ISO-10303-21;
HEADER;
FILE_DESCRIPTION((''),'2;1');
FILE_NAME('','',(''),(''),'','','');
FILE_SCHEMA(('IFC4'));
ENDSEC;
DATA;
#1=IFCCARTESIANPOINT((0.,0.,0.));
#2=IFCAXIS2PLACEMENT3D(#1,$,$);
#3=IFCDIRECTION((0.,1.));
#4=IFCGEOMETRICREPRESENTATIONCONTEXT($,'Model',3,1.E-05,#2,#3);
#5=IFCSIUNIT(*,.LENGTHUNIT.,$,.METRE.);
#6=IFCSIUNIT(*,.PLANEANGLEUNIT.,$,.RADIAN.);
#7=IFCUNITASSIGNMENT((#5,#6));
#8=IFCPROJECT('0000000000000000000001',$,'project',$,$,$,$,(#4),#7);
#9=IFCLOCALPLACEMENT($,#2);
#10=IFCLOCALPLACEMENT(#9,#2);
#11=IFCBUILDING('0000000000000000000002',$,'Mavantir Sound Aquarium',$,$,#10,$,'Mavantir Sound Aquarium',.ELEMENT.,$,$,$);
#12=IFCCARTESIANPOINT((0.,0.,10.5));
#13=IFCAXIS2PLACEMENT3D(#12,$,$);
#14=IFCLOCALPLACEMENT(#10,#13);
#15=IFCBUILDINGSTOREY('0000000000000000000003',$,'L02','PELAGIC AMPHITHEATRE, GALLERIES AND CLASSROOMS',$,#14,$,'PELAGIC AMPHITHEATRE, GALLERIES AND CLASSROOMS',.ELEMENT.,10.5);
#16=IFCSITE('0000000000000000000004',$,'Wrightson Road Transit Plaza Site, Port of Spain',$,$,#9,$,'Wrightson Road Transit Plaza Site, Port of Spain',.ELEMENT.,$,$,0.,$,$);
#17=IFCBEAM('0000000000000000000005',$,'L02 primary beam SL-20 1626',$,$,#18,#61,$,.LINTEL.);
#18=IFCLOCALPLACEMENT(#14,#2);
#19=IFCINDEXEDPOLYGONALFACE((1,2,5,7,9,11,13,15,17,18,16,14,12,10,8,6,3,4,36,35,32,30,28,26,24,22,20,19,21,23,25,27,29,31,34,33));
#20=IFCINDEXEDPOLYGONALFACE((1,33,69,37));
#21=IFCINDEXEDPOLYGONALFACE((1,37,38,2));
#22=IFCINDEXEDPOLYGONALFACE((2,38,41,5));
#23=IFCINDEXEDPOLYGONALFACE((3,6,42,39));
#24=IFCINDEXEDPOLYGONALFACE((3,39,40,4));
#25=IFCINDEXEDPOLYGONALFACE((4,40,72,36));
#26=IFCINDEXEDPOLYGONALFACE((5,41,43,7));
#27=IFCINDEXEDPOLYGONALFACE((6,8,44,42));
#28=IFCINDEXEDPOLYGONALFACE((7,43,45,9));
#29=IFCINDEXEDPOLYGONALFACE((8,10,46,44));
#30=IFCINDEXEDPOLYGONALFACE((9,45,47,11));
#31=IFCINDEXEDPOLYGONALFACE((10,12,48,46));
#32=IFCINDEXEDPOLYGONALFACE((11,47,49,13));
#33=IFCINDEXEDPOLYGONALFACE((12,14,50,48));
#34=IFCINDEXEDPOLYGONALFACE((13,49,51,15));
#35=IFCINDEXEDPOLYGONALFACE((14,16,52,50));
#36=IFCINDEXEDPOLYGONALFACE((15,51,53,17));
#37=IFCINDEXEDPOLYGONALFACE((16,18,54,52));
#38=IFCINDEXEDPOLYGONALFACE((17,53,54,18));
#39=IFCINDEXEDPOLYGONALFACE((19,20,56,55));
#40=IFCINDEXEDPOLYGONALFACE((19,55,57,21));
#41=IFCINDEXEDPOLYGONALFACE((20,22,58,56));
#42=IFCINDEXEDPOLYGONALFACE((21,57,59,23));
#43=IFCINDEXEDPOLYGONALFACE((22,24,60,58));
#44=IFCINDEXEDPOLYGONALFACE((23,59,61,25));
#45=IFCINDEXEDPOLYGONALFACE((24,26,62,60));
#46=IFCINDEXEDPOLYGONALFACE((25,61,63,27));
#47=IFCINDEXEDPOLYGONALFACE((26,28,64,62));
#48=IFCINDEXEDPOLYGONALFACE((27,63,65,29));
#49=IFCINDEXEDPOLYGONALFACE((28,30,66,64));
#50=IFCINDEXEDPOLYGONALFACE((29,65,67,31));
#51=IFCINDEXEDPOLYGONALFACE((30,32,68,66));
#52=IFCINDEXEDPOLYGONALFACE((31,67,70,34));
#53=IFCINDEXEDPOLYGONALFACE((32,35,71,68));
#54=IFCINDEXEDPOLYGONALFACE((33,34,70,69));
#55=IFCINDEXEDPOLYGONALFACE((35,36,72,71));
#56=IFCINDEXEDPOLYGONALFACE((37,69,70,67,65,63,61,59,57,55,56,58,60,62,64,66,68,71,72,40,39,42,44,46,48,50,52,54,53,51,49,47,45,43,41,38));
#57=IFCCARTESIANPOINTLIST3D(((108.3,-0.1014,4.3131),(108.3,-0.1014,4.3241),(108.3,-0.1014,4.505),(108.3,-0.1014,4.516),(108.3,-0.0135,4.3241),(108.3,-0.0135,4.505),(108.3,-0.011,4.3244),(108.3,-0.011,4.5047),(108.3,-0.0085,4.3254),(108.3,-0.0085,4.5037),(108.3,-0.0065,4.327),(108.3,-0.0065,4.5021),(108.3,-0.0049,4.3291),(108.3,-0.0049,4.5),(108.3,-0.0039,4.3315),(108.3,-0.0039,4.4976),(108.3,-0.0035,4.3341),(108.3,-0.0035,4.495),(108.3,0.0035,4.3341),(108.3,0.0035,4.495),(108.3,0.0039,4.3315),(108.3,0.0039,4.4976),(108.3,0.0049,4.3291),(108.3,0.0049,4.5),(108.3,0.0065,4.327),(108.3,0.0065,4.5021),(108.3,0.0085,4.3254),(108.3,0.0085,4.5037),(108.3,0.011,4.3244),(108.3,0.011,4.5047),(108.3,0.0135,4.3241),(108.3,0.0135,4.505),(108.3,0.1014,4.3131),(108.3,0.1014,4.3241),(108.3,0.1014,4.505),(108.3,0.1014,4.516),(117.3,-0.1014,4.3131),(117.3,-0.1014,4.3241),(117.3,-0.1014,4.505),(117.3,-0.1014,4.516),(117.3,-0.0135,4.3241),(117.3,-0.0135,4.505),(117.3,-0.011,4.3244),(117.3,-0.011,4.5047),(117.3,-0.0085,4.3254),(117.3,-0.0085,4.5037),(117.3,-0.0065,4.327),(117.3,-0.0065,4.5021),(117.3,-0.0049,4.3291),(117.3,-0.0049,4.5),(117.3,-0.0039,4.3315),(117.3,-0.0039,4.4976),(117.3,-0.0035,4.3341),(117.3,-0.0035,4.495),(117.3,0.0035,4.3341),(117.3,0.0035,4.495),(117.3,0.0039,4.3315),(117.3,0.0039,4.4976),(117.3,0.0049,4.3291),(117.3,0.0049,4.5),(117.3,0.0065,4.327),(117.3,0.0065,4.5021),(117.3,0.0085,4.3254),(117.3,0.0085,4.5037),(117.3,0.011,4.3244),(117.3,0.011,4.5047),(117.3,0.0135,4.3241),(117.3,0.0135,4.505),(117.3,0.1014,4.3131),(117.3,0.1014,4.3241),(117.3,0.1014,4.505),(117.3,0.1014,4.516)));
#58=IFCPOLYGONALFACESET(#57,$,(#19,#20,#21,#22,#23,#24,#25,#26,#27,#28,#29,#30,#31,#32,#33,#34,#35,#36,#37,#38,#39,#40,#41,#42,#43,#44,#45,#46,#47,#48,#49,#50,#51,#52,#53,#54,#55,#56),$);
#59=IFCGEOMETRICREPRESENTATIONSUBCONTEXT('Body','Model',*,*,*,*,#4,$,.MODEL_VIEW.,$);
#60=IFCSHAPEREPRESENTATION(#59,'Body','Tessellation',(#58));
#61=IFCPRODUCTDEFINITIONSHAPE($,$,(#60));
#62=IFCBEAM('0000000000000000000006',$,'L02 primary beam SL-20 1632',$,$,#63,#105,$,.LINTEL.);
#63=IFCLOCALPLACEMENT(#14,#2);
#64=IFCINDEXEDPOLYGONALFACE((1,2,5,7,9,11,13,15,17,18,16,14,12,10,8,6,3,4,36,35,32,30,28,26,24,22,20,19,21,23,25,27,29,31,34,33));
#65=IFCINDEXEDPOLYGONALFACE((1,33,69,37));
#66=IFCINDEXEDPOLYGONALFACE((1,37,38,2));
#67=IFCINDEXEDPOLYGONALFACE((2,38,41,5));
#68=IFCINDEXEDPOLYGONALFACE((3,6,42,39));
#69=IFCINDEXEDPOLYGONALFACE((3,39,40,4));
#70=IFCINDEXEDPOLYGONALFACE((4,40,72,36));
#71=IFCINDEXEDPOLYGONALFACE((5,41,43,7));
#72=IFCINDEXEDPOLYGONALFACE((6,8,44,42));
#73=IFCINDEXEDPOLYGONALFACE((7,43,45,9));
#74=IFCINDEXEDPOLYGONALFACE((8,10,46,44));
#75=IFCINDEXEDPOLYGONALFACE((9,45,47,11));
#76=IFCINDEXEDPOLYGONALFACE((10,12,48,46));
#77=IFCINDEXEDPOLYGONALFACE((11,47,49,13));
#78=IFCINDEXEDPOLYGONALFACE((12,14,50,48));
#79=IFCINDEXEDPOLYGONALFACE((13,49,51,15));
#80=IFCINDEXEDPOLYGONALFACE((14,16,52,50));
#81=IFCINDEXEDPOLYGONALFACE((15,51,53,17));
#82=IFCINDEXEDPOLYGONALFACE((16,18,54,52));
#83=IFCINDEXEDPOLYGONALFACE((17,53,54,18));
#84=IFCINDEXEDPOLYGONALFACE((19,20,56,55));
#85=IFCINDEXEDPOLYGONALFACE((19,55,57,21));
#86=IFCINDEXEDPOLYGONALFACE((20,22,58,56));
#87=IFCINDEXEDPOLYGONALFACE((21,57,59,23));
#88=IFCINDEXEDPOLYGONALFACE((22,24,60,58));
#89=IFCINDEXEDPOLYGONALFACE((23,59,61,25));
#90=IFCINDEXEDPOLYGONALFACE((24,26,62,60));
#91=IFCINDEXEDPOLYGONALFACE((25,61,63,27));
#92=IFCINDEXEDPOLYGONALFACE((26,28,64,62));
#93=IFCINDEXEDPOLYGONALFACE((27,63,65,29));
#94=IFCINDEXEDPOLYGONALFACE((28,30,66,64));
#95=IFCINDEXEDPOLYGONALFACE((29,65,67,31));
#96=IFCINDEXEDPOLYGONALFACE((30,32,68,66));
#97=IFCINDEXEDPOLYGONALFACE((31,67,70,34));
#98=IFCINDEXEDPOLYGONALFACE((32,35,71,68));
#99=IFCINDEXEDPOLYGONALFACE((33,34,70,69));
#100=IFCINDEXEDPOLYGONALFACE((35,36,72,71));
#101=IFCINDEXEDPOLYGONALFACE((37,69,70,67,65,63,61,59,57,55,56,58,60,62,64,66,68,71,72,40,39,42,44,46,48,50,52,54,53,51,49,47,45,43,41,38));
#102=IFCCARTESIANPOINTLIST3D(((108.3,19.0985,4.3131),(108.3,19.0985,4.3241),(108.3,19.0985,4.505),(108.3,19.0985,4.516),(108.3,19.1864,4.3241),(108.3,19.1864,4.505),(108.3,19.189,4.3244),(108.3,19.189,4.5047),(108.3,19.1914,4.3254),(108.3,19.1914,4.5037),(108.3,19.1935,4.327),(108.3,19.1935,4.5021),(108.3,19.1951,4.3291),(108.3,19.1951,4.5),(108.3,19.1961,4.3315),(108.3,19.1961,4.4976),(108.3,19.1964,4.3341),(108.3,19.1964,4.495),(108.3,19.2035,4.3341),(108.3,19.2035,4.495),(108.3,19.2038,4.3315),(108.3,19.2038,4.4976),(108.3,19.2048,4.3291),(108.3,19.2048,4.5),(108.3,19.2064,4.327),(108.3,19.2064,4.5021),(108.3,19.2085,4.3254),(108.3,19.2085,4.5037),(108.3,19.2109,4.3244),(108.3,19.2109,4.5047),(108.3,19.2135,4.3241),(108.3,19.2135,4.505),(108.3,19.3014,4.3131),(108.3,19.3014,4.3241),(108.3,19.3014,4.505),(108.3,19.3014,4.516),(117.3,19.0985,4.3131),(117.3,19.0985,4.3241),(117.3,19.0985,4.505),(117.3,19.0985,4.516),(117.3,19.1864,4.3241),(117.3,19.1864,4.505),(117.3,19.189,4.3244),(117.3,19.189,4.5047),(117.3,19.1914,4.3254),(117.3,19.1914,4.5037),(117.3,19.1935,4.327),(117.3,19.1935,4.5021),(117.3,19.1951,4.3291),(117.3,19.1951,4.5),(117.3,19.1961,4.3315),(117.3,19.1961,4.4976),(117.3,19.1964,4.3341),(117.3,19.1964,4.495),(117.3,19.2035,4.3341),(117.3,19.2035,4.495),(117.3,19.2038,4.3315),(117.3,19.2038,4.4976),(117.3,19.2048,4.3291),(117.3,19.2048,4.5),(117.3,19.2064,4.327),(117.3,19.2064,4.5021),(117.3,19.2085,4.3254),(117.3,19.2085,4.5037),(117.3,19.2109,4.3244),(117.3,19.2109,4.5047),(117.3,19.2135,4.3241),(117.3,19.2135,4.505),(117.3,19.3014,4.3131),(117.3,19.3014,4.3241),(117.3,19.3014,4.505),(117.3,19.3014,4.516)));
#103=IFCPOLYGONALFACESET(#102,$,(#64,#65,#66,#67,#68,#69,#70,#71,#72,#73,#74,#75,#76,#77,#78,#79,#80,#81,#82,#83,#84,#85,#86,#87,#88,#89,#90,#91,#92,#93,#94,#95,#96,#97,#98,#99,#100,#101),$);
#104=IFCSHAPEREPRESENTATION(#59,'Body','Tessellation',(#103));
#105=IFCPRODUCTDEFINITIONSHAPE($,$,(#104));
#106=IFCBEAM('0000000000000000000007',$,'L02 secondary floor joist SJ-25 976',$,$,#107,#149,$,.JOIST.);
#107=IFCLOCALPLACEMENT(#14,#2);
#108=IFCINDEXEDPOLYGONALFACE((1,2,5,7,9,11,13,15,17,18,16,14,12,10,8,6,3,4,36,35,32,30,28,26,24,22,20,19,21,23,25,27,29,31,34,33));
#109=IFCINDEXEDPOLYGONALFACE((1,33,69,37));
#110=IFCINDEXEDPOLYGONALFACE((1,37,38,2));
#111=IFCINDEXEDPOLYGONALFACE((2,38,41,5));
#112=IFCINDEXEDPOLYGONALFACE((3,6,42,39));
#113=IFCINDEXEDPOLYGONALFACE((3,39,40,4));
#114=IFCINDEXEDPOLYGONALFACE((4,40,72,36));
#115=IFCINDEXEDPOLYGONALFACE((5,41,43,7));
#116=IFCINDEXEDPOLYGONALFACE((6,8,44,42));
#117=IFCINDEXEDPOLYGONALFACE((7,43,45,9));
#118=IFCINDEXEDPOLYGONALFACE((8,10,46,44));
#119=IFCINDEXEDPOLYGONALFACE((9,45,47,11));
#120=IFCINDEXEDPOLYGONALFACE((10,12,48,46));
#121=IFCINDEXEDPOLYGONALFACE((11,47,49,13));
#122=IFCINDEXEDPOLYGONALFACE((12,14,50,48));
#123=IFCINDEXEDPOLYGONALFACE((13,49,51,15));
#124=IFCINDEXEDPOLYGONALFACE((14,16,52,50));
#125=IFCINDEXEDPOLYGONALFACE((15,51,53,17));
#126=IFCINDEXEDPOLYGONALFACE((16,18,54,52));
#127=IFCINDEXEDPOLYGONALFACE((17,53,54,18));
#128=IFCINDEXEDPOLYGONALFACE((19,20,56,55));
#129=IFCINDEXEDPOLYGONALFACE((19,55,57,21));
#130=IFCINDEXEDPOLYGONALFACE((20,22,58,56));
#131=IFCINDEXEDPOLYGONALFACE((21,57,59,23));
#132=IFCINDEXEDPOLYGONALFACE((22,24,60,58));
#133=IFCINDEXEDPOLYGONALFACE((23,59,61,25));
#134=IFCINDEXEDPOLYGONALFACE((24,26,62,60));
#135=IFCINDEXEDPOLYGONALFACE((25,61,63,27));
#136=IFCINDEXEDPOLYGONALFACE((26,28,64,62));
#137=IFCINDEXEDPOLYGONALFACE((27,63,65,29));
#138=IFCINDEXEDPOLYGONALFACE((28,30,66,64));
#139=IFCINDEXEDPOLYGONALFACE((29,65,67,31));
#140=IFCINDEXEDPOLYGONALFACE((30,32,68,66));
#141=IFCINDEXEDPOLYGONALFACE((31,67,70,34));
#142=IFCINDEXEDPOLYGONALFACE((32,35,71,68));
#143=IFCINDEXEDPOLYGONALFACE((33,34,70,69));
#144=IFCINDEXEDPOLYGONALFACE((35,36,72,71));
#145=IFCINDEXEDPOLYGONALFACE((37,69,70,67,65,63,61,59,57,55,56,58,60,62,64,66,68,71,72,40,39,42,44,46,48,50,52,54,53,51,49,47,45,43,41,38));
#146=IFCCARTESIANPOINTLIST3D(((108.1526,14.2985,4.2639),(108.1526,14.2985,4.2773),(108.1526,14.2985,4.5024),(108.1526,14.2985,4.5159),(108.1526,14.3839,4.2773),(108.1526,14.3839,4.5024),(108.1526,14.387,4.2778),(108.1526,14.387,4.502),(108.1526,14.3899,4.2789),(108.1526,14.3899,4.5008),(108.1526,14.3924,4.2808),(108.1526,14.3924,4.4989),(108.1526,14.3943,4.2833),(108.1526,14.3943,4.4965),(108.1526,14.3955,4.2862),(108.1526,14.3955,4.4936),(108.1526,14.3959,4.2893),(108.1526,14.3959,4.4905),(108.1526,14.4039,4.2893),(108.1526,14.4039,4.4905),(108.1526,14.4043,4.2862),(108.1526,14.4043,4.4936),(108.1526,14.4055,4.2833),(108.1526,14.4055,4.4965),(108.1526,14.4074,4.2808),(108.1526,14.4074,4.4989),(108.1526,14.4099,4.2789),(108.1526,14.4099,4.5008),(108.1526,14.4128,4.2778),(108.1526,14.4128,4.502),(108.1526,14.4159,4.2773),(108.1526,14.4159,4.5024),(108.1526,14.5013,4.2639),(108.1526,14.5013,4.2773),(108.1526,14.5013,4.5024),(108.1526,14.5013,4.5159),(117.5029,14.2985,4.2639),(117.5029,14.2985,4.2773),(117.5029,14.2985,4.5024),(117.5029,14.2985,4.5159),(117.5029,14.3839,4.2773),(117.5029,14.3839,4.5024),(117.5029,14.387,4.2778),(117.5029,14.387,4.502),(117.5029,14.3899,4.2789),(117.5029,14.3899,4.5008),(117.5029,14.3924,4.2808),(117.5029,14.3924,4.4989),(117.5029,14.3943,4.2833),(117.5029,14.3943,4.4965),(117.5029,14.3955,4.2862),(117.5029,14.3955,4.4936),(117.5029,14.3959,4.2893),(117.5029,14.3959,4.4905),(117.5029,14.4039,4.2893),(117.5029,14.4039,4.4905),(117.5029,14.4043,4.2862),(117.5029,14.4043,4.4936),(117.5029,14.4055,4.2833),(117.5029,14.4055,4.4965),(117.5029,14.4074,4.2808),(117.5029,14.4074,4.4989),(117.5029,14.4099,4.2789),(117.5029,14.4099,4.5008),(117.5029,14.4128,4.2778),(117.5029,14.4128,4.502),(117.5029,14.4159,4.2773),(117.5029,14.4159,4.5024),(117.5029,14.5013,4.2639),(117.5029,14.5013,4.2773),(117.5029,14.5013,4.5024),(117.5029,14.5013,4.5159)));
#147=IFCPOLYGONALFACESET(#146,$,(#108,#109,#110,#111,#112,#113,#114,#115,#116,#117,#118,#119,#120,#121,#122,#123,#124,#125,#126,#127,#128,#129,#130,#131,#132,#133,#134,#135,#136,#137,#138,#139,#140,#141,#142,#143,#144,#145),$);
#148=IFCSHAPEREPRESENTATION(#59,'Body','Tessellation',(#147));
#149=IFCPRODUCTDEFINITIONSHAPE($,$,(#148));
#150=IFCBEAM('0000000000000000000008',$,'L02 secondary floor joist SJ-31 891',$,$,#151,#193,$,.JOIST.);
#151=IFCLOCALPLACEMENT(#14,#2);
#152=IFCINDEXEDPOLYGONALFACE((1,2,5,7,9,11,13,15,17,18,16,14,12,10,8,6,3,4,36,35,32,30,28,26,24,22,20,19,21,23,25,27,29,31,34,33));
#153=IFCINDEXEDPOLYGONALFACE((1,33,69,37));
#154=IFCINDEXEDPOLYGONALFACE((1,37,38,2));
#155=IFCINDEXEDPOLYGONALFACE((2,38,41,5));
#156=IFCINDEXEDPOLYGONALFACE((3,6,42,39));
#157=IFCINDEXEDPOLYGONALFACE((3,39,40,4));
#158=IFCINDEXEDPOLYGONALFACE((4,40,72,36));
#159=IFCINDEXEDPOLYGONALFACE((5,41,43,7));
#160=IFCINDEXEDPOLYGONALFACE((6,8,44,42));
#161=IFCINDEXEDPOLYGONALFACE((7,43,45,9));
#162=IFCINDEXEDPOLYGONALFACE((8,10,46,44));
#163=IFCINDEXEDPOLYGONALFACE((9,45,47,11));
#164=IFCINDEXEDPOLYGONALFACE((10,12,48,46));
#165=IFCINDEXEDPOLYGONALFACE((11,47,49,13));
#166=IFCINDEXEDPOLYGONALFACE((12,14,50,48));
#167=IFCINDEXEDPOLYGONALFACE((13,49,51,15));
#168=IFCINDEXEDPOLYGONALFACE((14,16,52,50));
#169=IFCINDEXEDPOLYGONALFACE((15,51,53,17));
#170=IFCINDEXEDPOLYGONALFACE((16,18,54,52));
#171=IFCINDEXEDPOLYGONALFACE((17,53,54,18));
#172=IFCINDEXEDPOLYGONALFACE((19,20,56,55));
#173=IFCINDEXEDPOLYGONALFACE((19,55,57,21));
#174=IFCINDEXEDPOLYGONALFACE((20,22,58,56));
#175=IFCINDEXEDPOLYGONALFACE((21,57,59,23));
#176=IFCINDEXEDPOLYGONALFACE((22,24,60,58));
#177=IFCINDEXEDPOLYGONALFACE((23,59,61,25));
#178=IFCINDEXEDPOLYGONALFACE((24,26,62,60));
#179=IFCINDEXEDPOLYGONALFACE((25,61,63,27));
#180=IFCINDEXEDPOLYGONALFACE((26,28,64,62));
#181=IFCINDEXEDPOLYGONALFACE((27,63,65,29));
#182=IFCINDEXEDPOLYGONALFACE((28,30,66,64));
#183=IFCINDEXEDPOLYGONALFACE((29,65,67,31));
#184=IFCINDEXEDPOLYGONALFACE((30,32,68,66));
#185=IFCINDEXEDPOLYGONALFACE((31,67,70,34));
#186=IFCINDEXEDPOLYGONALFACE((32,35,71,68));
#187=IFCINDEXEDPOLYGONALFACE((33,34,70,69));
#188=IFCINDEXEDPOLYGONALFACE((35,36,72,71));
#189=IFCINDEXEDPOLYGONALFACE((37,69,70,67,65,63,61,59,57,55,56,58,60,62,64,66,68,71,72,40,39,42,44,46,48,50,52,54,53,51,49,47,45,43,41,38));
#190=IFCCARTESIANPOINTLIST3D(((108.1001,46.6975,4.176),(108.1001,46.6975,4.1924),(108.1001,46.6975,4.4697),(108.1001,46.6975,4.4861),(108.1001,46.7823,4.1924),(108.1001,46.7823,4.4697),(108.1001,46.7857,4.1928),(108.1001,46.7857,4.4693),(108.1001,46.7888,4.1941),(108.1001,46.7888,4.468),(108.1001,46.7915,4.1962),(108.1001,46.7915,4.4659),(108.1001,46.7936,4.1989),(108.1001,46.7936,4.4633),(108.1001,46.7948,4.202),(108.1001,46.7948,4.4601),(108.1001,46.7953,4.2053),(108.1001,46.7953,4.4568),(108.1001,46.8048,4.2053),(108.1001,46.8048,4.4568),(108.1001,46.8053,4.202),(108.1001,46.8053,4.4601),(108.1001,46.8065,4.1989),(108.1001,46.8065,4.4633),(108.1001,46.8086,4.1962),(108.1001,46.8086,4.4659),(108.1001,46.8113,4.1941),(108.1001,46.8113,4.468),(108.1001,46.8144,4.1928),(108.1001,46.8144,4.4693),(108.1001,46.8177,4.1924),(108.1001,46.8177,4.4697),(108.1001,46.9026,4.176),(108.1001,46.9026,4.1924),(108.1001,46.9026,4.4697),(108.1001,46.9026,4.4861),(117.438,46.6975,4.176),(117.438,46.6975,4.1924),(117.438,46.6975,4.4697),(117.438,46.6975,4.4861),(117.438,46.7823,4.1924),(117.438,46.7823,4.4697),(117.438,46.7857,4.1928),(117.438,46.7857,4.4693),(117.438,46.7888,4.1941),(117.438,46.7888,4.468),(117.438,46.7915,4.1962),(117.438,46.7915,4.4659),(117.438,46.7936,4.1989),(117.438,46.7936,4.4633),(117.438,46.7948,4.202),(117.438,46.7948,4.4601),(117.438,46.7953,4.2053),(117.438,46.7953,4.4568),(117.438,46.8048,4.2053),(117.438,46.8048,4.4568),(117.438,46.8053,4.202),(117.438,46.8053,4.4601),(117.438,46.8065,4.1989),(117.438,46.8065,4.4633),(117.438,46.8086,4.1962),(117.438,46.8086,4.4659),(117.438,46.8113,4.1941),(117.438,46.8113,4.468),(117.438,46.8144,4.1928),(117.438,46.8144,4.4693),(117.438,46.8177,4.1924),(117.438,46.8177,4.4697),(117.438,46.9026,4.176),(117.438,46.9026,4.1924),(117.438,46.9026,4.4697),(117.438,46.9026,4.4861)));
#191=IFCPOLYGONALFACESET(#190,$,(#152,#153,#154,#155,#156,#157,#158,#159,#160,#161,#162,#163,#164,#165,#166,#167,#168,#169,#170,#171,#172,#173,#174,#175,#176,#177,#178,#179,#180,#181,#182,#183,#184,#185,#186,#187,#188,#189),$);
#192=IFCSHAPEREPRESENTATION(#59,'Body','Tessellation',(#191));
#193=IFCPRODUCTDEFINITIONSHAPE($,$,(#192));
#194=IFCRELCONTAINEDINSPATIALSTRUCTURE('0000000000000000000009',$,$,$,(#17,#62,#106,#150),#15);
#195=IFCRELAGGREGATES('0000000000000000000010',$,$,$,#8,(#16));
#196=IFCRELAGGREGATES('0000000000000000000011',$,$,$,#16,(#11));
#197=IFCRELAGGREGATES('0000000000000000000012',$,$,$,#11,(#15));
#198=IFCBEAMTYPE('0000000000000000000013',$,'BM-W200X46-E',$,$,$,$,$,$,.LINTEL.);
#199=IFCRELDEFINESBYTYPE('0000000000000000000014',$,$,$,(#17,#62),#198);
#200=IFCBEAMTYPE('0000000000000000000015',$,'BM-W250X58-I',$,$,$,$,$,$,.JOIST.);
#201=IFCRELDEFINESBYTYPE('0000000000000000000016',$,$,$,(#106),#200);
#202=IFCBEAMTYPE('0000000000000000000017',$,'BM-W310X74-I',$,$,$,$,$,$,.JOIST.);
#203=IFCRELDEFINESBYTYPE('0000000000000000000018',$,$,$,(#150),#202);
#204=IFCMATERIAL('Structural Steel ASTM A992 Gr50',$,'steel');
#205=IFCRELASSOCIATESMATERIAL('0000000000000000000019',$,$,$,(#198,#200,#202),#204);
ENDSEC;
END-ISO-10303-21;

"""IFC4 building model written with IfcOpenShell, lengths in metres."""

from ifc_helpers import new_model, si_unit, direction, frame, origin, origin_2d, place, context, subcontext, project, spatial, i_section, extrude, material, material_profile, profile_set, type_object, element, save


model = new_model("IFC4")

# Units and contexts
model_context = context("Model", 3, precision=1e-05, world=origin(), true_north=direction((0.0, 1.0)))
body_context = subcontext(model_context, "Body", "Model", "MODEL_VIEW")
ifc_project = project(units=[si_unit("LENGTHUNIT", "METRE"), si_unit("PLANEANGLEUNIT", "RADIAN")], contexts=[model_context])

# Site, building, storey
site_placement = place(None, origin())
site = spatial("IfcSite", under=ifc_project, at=site_placement, Name="Wrightson Road Transit Plaza Site, Port of Spain", LongName="Wrightson Road Transit Plaza Site, Port of Spain", CompositionType="ELEMENT", RefElevation=0.0)
building_placement = place(site_placement, origin())
building = spatial("IfcBuilding", under=site, at=building_placement, Name="Mavantir Sound Aquarium", LongName="Mavantir Sound Aquarium", CompositionType="ELEMENT")
storey_placement = place(building_placement, frame((0.0, 0.0, 10.5)))
storey = spatial("IfcBuildingStorey", under=building, at=storey_placement, Name="L02", Description="PELAGIC AMPHITHEATRE, GALLERIES AND CLASSROOMS", LongName="PELAGIC AMPHITHEATRE, GALLERIES AND CLASSROOMS", CompositionType="ELEMENT", Elevation=10.5)

# Beams
ifc_material_1 = material(Name="Structural Steel ASTM A992 Gr50", Category="steel")
ifc_material_profile_1 = material_profile(ifc_material_1, i_section(OverallWidth=0.2029, OverallDepth=0.2029, WebThickness=0.0071, FlangeThickness=0.011, FilletRadius=0.01, at=origin_2d()), Name="W200X46")
ifc_profile_set_1 = profile_set([ifc_material_profile_1], Name="Structural Steel ASTM A992 Gr50")
beam_type_1 = type_object("IfcBeamType", Name="BM-W200X46-E", PredefinedType="LINTEL", material=ifc_profile_set_1)
for number, where, z_axis, x_axis, name in (
    (1, (108.3, 0.0, 4.4146), (1.0, 0.0, 0.0), (0.0, 1.0, 0.0), "L02 primary beam SL-20 1626"),
    (2, (108.3, 19.2, 4.4146), (1.0, 0.0, 0.0), (0.0, 1.0, 0.0), "L02 primary beam SL-20 1632"),
):
    element("IfcBeam", number, at=place(storey_placement, frame(where, z_axis=z_axis, x_axis=x_axis)), inside=storey, type_object=beam_type_1, Name=name, PredefinedType="LINTEL", context=body_context, shape_type="SweptSolid", body=[
        extrude(i_section(OverallWidth=0.2029, OverallDepth=0.2029, WebThickness=0.0071, FlangeThickness=0.011, FilletRadius=0.01, at=origin_2d()), origin(), (0.0, 0.0, 1.0), 9.0),
    ])
ifc_material_profile_2 = material_profile(ifc_material_1, i_section(OverallWidth=0.2029, OverallDepth=0.252, WebThickness=0.0081, FlangeThickness=0.0134, FilletRadius=0.012, at=origin_2d()), Name="W250X58")
ifc_profile_set_2 = profile_set([ifc_material_profile_2], Name="Structural Steel ASTM A992 Gr50")
beam_type_2 = type_object("IfcBeamType", Name="BM-W250X58-I", PredefinedType="JOIST", material=ifc_profile_set_2)
beam_1_placement = place(storey_placement, frame((108.1526, 14.3999, 4.3899), z_axis=(1.0, 0.0, 0.0), x_axis=(0.0, 1.0, 0.0)))
element("IfcBeam", 3, at=beam_1_placement, inside=storey, type_object=beam_type_2, Name="L02 secondary floor joist SJ-25 976", PredefinedType="JOIST", context=body_context, shape_type="SweptSolid", body=[
    extrude(i_section(OverallWidth=0.2029, OverallDepth=0.252, WebThickness=0.0081, FlangeThickness=0.0134, FilletRadius=0.012, at=origin_2d()), origin(), (0.0, 0.0, 1.0), 9.3503),
])
ifc_material_profile_3 = material_profile(ifc_material_1, i_section(OverallWidth=0.2051, OverallDepth=0.3101, WebThickness=0.0095, FlangeThickness=0.0164, FilletRadius=0.0129, at=origin_2d()), Name="W310X74")
ifc_profile_set_3 = profile_set([ifc_material_profile_3], Name="Structural Steel ASTM A992 Gr50")
beam_type_3 = type_object("IfcBeamType", Name="BM-W310X74-I", PredefinedType="JOIST", material=ifc_profile_set_3)
beam_2_placement = place(storey_placement, frame((108.1001, 46.8, 4.3311), z_axis=(1.0, 0.0, 0.0), x_axis=(0.0, 1.0, 0.0)))
element("IfcBeam", 4, at=beam_2_placement, inside=storey, type_object=beam_type_3, Name="L02 secondary floor joist SJ-31 891", PredefinedType="JOIST", context=body_context, shape_type="SweptSolid", body=[
    extrude(i_section(OverallWidth=0.2051, OverallDepth=0.3101, WebThickness=0.0095, FlangeThickness=0.0164, FilletRadius=0.0129, at=origin_2d()), origin(), (0.0, 0.0, 1.0), 9.3379),
])

save(model, "model.ifc")
